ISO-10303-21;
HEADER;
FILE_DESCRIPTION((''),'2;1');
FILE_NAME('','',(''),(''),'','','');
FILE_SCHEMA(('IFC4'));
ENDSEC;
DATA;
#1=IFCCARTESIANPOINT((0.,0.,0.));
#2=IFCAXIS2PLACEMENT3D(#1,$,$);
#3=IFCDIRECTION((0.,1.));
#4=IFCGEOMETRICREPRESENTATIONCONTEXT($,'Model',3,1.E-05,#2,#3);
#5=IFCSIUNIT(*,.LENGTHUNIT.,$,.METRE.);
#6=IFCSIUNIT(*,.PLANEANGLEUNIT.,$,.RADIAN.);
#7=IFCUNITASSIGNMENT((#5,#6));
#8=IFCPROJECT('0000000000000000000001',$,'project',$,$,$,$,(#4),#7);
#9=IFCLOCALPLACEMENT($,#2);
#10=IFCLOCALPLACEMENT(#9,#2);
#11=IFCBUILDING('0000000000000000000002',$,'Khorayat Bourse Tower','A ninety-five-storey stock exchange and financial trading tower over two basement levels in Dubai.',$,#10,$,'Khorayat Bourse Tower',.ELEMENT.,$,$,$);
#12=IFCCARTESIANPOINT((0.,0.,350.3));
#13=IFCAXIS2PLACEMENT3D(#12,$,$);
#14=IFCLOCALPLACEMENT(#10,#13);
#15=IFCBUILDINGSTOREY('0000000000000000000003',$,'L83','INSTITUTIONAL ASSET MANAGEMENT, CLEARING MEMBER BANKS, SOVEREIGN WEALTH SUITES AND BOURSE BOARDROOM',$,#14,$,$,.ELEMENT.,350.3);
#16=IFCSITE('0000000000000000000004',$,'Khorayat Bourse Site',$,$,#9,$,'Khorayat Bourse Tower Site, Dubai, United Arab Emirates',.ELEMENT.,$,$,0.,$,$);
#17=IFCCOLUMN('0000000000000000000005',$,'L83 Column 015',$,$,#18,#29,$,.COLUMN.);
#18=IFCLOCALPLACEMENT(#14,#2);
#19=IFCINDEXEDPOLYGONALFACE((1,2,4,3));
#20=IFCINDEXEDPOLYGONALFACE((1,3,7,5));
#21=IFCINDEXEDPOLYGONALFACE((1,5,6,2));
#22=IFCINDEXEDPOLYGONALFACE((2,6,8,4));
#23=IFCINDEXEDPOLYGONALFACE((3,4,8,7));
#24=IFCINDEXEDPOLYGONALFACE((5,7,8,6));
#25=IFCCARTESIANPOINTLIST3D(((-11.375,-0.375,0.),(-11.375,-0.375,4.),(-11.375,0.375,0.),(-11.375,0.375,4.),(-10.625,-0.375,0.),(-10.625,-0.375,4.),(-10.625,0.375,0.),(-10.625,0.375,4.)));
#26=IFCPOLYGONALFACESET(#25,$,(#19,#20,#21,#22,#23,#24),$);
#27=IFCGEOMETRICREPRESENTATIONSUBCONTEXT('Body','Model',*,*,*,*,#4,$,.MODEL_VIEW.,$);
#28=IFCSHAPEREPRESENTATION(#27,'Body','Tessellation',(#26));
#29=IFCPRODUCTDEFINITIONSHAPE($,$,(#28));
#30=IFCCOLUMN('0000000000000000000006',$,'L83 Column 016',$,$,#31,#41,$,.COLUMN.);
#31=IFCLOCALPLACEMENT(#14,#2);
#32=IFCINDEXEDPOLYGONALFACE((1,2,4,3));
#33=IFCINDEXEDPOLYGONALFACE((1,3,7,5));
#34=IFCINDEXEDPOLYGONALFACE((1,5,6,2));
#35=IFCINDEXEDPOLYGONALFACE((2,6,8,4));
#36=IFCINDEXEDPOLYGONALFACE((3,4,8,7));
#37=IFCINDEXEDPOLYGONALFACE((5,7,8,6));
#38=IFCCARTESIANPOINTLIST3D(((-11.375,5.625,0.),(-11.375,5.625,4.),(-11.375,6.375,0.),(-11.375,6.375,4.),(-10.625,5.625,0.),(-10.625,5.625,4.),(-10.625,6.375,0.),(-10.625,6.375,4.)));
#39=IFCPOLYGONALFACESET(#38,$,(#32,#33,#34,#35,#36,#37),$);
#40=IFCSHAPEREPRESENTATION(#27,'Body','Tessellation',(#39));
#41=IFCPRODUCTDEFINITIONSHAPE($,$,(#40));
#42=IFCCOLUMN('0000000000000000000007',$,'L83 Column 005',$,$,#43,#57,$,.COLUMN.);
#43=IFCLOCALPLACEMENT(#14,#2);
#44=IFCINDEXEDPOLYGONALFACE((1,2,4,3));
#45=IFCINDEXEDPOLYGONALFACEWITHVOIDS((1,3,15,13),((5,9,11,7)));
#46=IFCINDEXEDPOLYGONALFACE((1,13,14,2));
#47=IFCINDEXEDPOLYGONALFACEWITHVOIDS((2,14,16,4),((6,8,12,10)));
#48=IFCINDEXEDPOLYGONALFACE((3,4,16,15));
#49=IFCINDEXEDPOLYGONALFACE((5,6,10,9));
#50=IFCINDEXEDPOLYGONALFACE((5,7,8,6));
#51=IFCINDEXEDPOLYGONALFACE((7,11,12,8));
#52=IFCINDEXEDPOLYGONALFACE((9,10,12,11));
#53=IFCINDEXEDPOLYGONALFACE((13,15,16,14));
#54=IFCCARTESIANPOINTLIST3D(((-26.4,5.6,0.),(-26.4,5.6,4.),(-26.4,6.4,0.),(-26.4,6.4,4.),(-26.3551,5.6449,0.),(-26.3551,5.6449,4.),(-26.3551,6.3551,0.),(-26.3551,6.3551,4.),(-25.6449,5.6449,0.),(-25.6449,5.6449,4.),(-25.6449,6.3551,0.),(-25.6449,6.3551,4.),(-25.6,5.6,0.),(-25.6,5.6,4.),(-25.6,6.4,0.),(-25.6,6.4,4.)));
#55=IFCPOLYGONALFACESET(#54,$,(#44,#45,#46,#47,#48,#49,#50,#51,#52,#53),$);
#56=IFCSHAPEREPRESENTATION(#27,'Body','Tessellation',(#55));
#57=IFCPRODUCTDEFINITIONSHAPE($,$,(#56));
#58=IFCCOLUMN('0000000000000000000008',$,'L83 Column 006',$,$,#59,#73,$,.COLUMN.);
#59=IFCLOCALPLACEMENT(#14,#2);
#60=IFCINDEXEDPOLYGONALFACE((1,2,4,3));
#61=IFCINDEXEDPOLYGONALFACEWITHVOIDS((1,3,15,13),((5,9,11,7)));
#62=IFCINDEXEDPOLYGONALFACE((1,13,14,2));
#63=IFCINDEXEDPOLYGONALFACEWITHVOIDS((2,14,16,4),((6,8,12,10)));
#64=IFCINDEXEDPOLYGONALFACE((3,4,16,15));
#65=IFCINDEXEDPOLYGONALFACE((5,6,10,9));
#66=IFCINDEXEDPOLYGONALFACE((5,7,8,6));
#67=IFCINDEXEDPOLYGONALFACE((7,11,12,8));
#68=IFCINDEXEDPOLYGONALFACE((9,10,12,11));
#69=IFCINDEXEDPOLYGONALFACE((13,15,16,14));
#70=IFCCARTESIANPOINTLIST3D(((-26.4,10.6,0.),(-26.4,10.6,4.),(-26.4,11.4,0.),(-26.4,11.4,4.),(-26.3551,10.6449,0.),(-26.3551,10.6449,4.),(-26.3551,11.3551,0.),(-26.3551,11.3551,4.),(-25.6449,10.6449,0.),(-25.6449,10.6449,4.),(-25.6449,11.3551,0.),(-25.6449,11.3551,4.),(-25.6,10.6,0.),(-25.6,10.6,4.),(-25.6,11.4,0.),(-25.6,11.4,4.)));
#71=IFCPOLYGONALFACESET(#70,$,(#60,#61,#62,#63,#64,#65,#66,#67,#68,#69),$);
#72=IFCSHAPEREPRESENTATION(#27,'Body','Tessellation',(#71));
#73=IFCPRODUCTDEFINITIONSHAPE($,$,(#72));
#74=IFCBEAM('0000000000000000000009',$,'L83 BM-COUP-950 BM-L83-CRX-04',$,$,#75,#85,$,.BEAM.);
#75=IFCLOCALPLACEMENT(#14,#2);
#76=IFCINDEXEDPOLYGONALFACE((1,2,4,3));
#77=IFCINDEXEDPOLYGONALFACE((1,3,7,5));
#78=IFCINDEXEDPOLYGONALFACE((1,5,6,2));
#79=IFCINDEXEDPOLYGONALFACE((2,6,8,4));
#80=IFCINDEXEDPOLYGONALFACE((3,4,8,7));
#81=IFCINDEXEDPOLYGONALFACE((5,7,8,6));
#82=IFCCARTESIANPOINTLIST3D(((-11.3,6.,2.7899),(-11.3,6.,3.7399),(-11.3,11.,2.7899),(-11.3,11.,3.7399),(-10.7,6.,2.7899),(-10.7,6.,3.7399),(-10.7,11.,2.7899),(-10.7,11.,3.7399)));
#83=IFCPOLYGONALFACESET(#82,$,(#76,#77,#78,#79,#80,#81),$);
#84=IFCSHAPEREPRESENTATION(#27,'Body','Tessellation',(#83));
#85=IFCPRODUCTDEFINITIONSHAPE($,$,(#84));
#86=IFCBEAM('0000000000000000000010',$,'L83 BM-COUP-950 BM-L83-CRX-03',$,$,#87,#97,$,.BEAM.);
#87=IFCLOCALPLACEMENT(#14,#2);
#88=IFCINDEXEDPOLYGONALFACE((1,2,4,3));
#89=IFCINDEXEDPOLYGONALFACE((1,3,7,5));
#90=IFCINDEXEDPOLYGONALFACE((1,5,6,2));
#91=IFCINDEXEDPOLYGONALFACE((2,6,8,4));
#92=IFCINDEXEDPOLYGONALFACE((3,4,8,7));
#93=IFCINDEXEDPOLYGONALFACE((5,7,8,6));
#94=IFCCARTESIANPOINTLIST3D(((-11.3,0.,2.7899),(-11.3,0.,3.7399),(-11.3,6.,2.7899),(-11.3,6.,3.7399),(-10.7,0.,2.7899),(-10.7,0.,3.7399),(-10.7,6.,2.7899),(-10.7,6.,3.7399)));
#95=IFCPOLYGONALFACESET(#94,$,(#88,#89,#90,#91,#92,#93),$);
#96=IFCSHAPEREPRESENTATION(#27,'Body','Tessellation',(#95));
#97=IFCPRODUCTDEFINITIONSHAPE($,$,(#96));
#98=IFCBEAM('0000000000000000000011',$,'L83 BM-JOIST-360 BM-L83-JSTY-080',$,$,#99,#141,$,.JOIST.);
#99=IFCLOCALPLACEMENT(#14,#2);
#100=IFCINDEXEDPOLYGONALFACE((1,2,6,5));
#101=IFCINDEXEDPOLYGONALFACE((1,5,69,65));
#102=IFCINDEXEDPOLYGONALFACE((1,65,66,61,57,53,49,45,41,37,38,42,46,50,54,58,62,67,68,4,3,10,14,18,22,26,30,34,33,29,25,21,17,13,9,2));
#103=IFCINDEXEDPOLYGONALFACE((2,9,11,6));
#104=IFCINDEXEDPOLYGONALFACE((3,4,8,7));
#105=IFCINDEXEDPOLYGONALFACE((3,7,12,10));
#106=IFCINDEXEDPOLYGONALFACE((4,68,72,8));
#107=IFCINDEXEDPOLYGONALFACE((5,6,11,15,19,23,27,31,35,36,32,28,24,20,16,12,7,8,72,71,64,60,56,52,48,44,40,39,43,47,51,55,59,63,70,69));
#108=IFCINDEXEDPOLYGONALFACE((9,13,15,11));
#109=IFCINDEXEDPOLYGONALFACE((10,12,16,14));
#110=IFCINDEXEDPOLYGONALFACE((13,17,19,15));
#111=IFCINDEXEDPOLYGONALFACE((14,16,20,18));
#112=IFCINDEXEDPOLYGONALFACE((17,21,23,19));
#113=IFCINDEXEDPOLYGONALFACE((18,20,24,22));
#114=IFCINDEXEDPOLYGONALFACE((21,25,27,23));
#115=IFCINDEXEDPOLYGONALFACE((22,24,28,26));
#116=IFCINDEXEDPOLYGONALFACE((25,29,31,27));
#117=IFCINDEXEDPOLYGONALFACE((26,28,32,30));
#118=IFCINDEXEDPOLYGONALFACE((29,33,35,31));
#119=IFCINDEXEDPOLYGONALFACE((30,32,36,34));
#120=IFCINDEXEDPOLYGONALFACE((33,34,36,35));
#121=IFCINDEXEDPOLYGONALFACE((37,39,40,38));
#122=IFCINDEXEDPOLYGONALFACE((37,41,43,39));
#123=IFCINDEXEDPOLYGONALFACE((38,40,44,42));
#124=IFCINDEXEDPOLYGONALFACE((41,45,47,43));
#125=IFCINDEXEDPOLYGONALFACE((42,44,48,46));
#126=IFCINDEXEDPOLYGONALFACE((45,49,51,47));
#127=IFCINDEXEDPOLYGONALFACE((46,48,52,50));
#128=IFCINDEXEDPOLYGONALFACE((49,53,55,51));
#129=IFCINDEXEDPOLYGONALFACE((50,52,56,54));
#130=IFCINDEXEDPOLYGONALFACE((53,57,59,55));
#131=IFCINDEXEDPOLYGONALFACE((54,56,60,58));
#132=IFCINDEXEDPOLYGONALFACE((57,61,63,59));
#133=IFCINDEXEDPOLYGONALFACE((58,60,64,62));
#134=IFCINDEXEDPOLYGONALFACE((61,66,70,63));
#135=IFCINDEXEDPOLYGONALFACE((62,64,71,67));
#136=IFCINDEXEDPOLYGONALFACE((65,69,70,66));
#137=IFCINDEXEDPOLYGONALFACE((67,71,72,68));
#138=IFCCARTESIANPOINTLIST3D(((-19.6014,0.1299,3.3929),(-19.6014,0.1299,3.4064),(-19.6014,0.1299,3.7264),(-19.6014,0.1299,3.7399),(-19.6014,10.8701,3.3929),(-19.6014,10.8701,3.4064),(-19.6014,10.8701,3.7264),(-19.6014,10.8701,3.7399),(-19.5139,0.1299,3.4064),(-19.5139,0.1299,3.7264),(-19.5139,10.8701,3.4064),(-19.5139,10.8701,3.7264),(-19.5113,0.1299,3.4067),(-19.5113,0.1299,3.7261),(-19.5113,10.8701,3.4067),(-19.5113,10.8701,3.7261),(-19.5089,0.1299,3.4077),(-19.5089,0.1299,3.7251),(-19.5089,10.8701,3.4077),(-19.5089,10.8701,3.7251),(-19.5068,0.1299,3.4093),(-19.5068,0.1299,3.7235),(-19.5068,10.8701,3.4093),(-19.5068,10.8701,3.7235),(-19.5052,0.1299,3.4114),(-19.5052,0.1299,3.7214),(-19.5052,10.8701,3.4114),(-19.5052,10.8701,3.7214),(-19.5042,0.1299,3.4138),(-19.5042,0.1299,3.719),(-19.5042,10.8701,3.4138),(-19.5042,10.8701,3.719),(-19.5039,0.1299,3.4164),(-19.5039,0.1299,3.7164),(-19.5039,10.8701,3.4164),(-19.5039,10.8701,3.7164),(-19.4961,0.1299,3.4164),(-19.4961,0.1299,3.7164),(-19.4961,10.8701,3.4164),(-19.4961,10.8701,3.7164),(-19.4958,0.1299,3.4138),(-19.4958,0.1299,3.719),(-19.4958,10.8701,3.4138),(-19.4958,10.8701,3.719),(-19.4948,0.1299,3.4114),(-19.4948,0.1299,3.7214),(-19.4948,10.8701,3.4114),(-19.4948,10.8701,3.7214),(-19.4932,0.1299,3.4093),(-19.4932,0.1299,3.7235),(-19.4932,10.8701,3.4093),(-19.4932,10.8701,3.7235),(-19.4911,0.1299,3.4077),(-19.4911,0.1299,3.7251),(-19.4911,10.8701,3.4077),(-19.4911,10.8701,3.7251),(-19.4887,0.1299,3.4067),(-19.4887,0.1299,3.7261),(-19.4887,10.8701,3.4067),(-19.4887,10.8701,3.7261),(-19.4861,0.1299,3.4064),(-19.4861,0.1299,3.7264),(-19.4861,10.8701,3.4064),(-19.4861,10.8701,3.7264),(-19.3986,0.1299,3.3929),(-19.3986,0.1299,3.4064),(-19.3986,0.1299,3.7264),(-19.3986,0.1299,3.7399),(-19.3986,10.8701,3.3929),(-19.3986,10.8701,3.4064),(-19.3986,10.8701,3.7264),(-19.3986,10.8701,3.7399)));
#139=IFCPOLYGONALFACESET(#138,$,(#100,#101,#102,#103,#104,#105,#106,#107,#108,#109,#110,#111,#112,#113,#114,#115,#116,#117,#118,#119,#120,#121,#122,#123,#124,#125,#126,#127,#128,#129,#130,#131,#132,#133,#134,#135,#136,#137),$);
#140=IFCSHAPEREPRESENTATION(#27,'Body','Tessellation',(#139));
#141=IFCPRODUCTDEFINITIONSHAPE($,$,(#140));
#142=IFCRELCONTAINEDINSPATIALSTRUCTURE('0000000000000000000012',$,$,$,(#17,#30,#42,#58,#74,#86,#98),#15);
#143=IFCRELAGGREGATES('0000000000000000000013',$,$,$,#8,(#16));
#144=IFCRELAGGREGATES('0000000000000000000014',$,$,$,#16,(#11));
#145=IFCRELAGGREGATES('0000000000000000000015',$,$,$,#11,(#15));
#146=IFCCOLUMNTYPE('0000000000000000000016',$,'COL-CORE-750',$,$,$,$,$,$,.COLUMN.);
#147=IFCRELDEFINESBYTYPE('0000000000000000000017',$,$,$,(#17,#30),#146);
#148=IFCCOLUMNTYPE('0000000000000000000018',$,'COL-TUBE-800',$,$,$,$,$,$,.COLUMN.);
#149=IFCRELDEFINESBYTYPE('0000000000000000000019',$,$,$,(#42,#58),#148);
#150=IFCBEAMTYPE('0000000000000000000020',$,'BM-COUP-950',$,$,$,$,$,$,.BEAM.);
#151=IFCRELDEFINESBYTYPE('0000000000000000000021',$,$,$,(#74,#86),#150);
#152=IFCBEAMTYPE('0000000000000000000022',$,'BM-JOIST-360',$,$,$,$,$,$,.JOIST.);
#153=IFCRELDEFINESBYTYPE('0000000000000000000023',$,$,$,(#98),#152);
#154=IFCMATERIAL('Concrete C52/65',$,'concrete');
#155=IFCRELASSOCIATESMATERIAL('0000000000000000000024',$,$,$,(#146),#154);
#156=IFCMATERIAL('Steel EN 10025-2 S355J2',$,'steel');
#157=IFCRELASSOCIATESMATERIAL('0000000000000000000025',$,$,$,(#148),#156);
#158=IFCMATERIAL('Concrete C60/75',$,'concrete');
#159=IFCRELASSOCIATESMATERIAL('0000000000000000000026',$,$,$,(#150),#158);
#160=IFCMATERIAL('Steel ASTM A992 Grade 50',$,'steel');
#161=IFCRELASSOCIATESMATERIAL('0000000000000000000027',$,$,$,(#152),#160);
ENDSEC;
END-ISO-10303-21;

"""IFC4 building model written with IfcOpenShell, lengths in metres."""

from ifc_helpers import new_model, si_unit, direction, frame, origin, origin_2d, place, context, subcontext, project, spatial, rectangle, hollow_rectangle, i_section, extrude, source, transform, mapped, material, material_profile, profile_set, type_object, element, save


model = new_model("IFC4")

# Units and contexts
model_context = context("Model", 3, precision=1e-05, world=origin(), true_north=direction((0.0, 1.0)))
body_context = subcontext(model_context, "Body", "Model", "MODEL_VIEW")
ifc_project = project(units=[si_unit("LENGTHUNIT", "METRE"), si_unit("PLANEANGLEUNIT", "RADIAN")], contexts=[model_context])

# Site, building, storey
site_placement = place(None, origin())
site = spatial("IfcSite", under=ifc_project, at=site_placement, Name="Khorayat Bourse Site", LongName="Khorayat Bourse Tower Site, Dubai, United Arab Emirates", CompositionType="ELEMENT", RefElevation=0.0)
building_placement = place(site_placement, origin())
building = spatial("IfcBuilding", under=site, at=building_placement, Name="Khorayat Bourse Tower", Description="A ninety-five-storey stock exchange and financial trading tower over two basement levels in Dubai.", LongName="Khorayat Bourse Tower", CompositionType="ELEMENT")
storey_placement = place(building_placement, frame((0.0, 0.0, 350.3)))
storey = spatial("IfcBuildingStorey", under=building, at=storey_placement, Name="L83", Description="INSTITUTIONAL ASSET MANAGEMENT, CLEARING MEMBER BANKS, SOVEREIGN WEALTH SUITES AND BOURSE BOARDROOM", CompositionType="ELEMENT", Elevation=350.3)

# Columns
ifc_material_1 = material(Name="Concrete C52/65", Category="concrete")
ifc_material_profile_1 = material_profile(ifc_material_1, rectangle(XDim=0.75, YDim=0.75, at=origin_2d()), Name="RC 750x750")
ifc_profile_set_1 = profile_set([ifc_material_profile_1], Name="Concrete C52/65")
column_type_1 = type_object("IfcColumnType", Name="COL-CORE-750", PredefinedType="COLUMN", material=ifc_profile_set_1)
shared_shape_1 = source(origin(), body_context, "Body", "SweptSolid", [
    extrude(rectangle(XDim=0.75, YDim=0.75, at=origin_2d()), origin(), (0.0, 0.0, 1.0), 4.0),
])
for number, where, z_axis, x_axis, name in (
    (1, (-11.0, 0.0, 0.0), (0.0, 0.0, 1.0), (1.0, 0.0, 0.0), "L83 Column 015"),
    (2, (-11.0, 6.0, 0.0), (0.0, 0.0, 1.0), (1.0, 0.0, 0.0), "L83 Column 016"),
):
    element("IfcColumn", number, at=place(storey_placement, frame(where, z_axis=z_axis, x_axis=x_axis)), inside=storey, type_object=column_type_1, Name=name, PredefinedType="COLUMN", context=body_context, shape_type="MappedRepresentation", body=[
        mapped(shared_shape_1, transform((0.0, 0.0, 0.0), scale=1.0)),
    ])
ifc_material_2 = material(Name="Steel EN 10025-2 S355J2", Category="steel")
ifc_material_profile_2 = material_profile(ifc_material_2, hollow_rectangle(XDim=0.8, YDim=0.8, WallThickness=0.0449, at=origin_2d()), Name="BOX 800x800x45")
ifc_profile_set_2 = profile_set([ifc_material_profile_2], Name="Steel EN 10025-2 S355J2")
column_type_2 = type_object("IfcColumnType", Name="COL-TUBE-800", PredefinedType="COLUMN", material=ifc_profile_set_2)
shared_shape_2 = source(origin(), body_context, "Body", "SweptSolid", [
    extrude(hollow_rectangle(XDim=0.8, YDim=0.8, WallThickness=0.0449, at=origin_2d()), origin(), (0.0, 0.0, 1.0), 4.0),
])
for number, where, z_axis, x_axis, name in (
    (3, (-26.0, 6.0, 0.0), (0.0, 0.0, 1.0), (1.0, 0.0, 0.0), "L83 Column 005"),
    (4, (-26.0, 11.0, 0.0), (0.0, 0.0, 1.0), (1.0, 0.0, 0.0), "L83 Column 006"),
):
    element("IfcColumn", number, at=place(storey_placement, frame(where, z_axis=z_axis, x_axis=x_axis)), inside=storey, type_object=column_type_2, Name=name, PredefinedType="COLUMN", context=body_context, shape_type="MappedRepresentation", body=[
        mapped(shared_shape_2, transform((0.0, 0.0, 0.0), scale=1.0)),
    ])

# Beams
ifc_material_3 = material(Name="Concrete C60/75", Category="concrete")
ifc_material_profile_3 = material_profile(ifc_material_3, rectangle(XDim=0.6001, YDim=0.95, at=origin_2d()), Name="RC 600x950")
ifc_profile_set_3 = profile_set([ifc_material_profile_3], Name="Concrete C60/75")
beam_type_1 = type_object("IfcBeamType", Name="BM-COUP-950", PredefinedType="BEAM", material=ifc_profile_set_3)
shared_shape_3 = source(origin(), body_context, "Body", "SweptSolid", [
    extrude(rectangle(XDim=0.6001, YDim=0.95, at=origin_2d()), origin(), (0.0, 0.0, 1.0), 5.0),
])
beam_1_placement = place(storey_placement, frame((-11.0, 6.0, 3.2649), z_axis=(0.0, 1.0, 0.0), x_axis=(-1.0, 0.0, 0.0)))
element("IfcBeam", 5, at=beam_1_placement, inside=storey, type_object=beam_type_1, Name="L83 BM-COUP-950 BM-L83-CRX-04", PredefinedType="BEAM", context=body_context, shape_type="MappedRepresentation", body=[
    mapped(shared_shape_3, transform((0.0, 0.0, 0.0), scale=1.0)),
])
shared_shape_4 = source(origin(), body_context, "Body", "SweptSolid", [
    extrude(rectangle(XDim=0.6001, YDim=0.95, at=origin_2d()), origin(), (0.0, 0.0, 1.0), 6.0),
])
beam_2_placement = place(storey_placement, frame((-11.0, 0.0, 3.2649), z_axis=(0.0, 1.0, 0.0), x_axis=(-1.0, 0.0, 0.0)))
element("IfcBeam", 6, at=beam_2_placement, inside=storey, type_object=beam_type_1, Name="L83 BM-COUP-950 BM-L83-CRX-03", PredefinedType="BEAM", context=body_context, shape_type="MappedRepresentation", body=[
    mapped(shared_shape_4, transform((0.0, 0.0, 0.0), scale=1.0)),
])
ifc_material_4 = material(Name="Steel ASTM A992 Grade 50", Category="steel")
ifc_material_profile_4 = material_profile(ifc_material_4, i_section(OverallWidth=0.2029, OverallDepth=0.3469, WebThickness=0.0078, FlangeThickness=0.0134, FilletRadius=0.01, at=origin_2d()), Name="W360X64")
ifc_profile_set_4 = profile_set([ifc_material_profile_4], Name="Steel ASTM A992 Grade 50")
beam_type_2 = type_object("IfcBeamType", Name="BM-JOIST-360", PredefinedType="JOIST", material=ifc_profile_set_4)
shared_shape_5 = source(origin(), body_context, "Body", "SweptSolid", [
    extrude(i_section(OverallWidth=0.2029, OverallDepth=0.3469, WebThickness=0.0078, FlangeThickness=0.0134, FilletRadius=0.01, at=origin_2d()), origin(), (0.0, 0.0, 1.0), 10.7402),
])
beam_3_placement = place(storey_placement, frame((-19.5, 0.1299, 3.5664), z_axis=(0.0, 1.0, 0.0), x_axis=(-1.0, 0.0, 0.0)))
element("IfcBeam", 7, at=beam_3_placement, inside=storey, type_object=beam_type_2, Name="L83 BM-JOIST-360 BM-L83-JSTY-080", PredefinedType="JOIST", context=body_context, shape_type="MappedRepresentation", body=[
    mapped(shared_shape_5, transform((0.0, 0.0, 0.0), scale=1.0)),
])

save(model, "model.ifc")
